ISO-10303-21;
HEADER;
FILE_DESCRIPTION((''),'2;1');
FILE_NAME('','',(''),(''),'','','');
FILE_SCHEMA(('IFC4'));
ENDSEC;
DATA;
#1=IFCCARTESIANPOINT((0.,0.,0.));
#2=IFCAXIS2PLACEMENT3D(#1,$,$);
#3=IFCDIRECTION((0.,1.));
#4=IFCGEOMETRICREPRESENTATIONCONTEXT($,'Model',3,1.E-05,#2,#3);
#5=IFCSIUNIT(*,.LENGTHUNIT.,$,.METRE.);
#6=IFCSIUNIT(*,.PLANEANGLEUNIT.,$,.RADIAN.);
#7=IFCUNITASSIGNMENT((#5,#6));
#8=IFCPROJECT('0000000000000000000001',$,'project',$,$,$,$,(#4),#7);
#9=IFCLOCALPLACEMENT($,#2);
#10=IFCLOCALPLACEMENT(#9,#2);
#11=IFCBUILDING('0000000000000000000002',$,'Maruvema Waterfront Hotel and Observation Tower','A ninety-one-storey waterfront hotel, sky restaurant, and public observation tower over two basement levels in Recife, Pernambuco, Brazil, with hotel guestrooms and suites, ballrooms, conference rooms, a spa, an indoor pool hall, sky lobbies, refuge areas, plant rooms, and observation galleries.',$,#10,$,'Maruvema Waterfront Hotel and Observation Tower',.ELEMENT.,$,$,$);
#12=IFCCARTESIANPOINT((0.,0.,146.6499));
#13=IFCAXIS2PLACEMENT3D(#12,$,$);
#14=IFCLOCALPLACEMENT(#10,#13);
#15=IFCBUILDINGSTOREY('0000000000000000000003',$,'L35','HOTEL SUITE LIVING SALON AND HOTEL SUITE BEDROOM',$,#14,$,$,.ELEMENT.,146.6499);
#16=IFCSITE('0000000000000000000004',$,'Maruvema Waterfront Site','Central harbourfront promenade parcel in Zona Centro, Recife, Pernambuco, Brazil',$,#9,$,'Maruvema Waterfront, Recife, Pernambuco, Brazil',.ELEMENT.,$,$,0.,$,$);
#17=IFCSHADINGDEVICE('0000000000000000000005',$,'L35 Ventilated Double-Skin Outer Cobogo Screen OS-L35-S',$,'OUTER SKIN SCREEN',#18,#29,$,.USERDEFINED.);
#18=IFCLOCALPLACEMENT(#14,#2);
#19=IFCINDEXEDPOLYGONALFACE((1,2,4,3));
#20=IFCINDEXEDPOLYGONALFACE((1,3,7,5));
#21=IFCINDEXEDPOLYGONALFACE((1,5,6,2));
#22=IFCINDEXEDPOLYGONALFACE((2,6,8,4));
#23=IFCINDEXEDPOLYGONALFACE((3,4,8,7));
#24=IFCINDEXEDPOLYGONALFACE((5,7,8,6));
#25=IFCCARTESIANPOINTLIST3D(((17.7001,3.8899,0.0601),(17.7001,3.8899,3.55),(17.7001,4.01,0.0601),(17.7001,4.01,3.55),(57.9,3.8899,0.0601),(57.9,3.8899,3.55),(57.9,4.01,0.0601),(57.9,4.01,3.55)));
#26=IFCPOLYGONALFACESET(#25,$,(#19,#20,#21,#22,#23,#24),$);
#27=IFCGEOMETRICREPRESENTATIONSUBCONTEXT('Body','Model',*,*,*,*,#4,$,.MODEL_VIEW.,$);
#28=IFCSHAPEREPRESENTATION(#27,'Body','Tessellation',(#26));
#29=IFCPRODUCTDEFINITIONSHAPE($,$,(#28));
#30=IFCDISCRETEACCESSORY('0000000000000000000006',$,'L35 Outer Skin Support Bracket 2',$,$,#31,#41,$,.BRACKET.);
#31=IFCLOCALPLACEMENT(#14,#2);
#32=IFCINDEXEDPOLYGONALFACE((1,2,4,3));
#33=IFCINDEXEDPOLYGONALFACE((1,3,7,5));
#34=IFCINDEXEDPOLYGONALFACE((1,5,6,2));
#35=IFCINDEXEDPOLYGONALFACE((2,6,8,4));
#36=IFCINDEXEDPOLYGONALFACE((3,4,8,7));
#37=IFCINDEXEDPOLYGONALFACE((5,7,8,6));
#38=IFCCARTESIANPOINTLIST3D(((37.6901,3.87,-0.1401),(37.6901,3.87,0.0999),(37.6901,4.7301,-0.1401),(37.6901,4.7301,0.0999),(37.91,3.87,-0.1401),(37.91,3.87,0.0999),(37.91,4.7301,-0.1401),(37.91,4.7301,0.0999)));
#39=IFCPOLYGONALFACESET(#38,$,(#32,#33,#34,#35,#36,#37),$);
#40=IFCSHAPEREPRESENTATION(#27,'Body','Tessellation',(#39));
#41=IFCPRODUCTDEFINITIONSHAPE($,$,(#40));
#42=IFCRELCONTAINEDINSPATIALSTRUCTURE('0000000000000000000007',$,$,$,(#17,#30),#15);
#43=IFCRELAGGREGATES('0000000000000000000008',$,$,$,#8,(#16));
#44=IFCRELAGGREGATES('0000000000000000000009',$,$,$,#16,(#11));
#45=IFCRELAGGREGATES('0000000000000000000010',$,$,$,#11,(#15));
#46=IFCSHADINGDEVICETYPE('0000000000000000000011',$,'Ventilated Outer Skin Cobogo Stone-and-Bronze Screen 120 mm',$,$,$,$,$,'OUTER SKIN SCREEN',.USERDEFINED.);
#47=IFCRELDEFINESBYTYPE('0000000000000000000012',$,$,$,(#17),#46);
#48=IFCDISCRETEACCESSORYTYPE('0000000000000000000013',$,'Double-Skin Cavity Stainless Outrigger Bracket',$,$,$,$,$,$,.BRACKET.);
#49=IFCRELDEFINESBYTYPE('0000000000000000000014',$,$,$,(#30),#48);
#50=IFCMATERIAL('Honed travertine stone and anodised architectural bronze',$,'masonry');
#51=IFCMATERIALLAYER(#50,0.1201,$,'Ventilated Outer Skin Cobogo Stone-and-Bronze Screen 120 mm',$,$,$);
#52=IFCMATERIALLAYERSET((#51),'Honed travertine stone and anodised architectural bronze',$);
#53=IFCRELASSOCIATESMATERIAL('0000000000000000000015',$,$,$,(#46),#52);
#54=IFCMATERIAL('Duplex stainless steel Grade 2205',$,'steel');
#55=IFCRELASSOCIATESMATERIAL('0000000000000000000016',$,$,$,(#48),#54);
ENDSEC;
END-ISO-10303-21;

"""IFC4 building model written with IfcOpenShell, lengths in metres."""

from ifc_helpers import new_model, si_unit, direction, frame, origin, origin_2d, place, context, subcontext, project, spatial, rectangle, extrude, material, layer, layer_set, type_object, element, save


model = new_model("IFC4")

# Units and contexts
model_context = context("Model", 3, precision=1e-05, world=origin(), true_north=direction((0.0, 1.0)))
body_context = subcontext(model_context, "Body", "Model", "MODEL_VIEW")
ifc_project = project(units=[si_unit("LENGTHUNIT", "METRE"), si_unit("PLANEANGLEUNIT", "RADIAN")], contexts=[model_context])

# Site, building, storey
site_placement = place(None, origin())
site = spatial("IfcSite", under=ifc_project, at=site_placement, Name="Maruvema Waterfront Site", Description="Central harbourfront promenade parcel in Zona Centro, Recife, Pernambuco, Brazil", LongName="Maruvema Waterfront, Recife, Pernambuco, Brazil", CompositionType="ELEMENT", RefElevation=0.0)
building_placement = place(site_placement, origin())
building = spatial("IfcBuilding", under=site, at=building_placement, Name="Maruvema Waterfront Hotel and Observation Tower", Description="A ninety-one-storey waterfront hotel, sky restaurant, and public observation tower over two basement levels in Recife, Pernambuco, Brazil, with hotel guestrooms and suites, ballrooms, conference rooms, a spa, an indoor pool hall, sky lobbies, refuge areas, plant rooms, and observation galleries.", LongName="Maruvema Waterfront Hotel and Observation Tower", CompositionType="ELEMENT")
storey_placement = place(building_placement, frame((0.0, 0.0, 146.6499)))
storey = spatial("IfcBuildingStorey", under=building, at=storey_placement, Name="L35", Description="HOTEL SUITE LIVING SALON AND HOTEL SUITE BEDROOM", CompositionType="ELEMENT", Elevation=146.6499)

# Shading device
ifc_material_1 = material(Name="Honed travertine stone and anodised architectural bronze", Category="masonry")
ifc_layer_1 = layer(ifc_material_1, 0.1201, Name="Ventilated Outer Skin Cobogo Stone-and-Bronze Screen 120 mm")
ifc_layer_set_1 = layer_set([ifc_layer_1], Name="Honed travertine stone and anodised architectural bronze")
shading_device_type = type_object("IfcShadingDeviceType", Name="Ventilated Outer Skin Cobogo Stone-and-Bronze Screen 120 mm", ElementType="OUTER SKIN SCREEN", PredefinedType="USERDEFINED", material=ifc_layer_set_1)
shading_device_placement = place(storey_placement, frame((37.8, 3.95, 0.0601), z_axis=(0.0, 0.0, 1.0), x_axis=(1.0, 0.0, 0.0)))
element("IfcShadingDevice", 1, at=shading_device_placement, inside=storey, type_object=shading_device_type, Name="L35 Ventilated Double-Skin Outer Cobogo Screen OS-L35-S", ObjectType="OUTER SKIN SCREEN", PredefinedType="USERDEFINED", context=body_context, shape_type="SweptSolid", body=[
    extrude(rectangle(XDim=40.2, YDim=0.1201, at=origin_2d()), origin(), (0.0, 0.0, 1.0), 3.49),
])

# Discrete accessory
ifc_material_2 = material(Name="Duplex stainless steel Grade 2205", Category="steel")
discrete_accessory_type = type_object("IfcDiscreteAccessoryType", Name="Double-Skin Cavity Stainless Outrigger Bracket", PredefinedType="BRACKET", material=ifc_material_2)
discrete_accessory_placement = place(storey_placement, frame((37.8, 4.3, -0.1401), z_axis=(0.0, 0.0, 1.0), x_axis=(1.0, 0.0, 0.0)))
element("IfcDiscreteAccessory", 2, at=discrete_accessory_placement, inside=storey, type_object=discrete_accessory_type, Name="L35 Outer Skin Support Bracket 2", PredefinedType="BRACKET", context=body_context, shape_type="SweptSolid", body=[
    extrude(rectangle(XDim=0.22, YDim=0.8601, at=origin_2d()), origin(), (0.0, 0.0, 1.0), 0.24),
])

save(model, "model.ifc")
